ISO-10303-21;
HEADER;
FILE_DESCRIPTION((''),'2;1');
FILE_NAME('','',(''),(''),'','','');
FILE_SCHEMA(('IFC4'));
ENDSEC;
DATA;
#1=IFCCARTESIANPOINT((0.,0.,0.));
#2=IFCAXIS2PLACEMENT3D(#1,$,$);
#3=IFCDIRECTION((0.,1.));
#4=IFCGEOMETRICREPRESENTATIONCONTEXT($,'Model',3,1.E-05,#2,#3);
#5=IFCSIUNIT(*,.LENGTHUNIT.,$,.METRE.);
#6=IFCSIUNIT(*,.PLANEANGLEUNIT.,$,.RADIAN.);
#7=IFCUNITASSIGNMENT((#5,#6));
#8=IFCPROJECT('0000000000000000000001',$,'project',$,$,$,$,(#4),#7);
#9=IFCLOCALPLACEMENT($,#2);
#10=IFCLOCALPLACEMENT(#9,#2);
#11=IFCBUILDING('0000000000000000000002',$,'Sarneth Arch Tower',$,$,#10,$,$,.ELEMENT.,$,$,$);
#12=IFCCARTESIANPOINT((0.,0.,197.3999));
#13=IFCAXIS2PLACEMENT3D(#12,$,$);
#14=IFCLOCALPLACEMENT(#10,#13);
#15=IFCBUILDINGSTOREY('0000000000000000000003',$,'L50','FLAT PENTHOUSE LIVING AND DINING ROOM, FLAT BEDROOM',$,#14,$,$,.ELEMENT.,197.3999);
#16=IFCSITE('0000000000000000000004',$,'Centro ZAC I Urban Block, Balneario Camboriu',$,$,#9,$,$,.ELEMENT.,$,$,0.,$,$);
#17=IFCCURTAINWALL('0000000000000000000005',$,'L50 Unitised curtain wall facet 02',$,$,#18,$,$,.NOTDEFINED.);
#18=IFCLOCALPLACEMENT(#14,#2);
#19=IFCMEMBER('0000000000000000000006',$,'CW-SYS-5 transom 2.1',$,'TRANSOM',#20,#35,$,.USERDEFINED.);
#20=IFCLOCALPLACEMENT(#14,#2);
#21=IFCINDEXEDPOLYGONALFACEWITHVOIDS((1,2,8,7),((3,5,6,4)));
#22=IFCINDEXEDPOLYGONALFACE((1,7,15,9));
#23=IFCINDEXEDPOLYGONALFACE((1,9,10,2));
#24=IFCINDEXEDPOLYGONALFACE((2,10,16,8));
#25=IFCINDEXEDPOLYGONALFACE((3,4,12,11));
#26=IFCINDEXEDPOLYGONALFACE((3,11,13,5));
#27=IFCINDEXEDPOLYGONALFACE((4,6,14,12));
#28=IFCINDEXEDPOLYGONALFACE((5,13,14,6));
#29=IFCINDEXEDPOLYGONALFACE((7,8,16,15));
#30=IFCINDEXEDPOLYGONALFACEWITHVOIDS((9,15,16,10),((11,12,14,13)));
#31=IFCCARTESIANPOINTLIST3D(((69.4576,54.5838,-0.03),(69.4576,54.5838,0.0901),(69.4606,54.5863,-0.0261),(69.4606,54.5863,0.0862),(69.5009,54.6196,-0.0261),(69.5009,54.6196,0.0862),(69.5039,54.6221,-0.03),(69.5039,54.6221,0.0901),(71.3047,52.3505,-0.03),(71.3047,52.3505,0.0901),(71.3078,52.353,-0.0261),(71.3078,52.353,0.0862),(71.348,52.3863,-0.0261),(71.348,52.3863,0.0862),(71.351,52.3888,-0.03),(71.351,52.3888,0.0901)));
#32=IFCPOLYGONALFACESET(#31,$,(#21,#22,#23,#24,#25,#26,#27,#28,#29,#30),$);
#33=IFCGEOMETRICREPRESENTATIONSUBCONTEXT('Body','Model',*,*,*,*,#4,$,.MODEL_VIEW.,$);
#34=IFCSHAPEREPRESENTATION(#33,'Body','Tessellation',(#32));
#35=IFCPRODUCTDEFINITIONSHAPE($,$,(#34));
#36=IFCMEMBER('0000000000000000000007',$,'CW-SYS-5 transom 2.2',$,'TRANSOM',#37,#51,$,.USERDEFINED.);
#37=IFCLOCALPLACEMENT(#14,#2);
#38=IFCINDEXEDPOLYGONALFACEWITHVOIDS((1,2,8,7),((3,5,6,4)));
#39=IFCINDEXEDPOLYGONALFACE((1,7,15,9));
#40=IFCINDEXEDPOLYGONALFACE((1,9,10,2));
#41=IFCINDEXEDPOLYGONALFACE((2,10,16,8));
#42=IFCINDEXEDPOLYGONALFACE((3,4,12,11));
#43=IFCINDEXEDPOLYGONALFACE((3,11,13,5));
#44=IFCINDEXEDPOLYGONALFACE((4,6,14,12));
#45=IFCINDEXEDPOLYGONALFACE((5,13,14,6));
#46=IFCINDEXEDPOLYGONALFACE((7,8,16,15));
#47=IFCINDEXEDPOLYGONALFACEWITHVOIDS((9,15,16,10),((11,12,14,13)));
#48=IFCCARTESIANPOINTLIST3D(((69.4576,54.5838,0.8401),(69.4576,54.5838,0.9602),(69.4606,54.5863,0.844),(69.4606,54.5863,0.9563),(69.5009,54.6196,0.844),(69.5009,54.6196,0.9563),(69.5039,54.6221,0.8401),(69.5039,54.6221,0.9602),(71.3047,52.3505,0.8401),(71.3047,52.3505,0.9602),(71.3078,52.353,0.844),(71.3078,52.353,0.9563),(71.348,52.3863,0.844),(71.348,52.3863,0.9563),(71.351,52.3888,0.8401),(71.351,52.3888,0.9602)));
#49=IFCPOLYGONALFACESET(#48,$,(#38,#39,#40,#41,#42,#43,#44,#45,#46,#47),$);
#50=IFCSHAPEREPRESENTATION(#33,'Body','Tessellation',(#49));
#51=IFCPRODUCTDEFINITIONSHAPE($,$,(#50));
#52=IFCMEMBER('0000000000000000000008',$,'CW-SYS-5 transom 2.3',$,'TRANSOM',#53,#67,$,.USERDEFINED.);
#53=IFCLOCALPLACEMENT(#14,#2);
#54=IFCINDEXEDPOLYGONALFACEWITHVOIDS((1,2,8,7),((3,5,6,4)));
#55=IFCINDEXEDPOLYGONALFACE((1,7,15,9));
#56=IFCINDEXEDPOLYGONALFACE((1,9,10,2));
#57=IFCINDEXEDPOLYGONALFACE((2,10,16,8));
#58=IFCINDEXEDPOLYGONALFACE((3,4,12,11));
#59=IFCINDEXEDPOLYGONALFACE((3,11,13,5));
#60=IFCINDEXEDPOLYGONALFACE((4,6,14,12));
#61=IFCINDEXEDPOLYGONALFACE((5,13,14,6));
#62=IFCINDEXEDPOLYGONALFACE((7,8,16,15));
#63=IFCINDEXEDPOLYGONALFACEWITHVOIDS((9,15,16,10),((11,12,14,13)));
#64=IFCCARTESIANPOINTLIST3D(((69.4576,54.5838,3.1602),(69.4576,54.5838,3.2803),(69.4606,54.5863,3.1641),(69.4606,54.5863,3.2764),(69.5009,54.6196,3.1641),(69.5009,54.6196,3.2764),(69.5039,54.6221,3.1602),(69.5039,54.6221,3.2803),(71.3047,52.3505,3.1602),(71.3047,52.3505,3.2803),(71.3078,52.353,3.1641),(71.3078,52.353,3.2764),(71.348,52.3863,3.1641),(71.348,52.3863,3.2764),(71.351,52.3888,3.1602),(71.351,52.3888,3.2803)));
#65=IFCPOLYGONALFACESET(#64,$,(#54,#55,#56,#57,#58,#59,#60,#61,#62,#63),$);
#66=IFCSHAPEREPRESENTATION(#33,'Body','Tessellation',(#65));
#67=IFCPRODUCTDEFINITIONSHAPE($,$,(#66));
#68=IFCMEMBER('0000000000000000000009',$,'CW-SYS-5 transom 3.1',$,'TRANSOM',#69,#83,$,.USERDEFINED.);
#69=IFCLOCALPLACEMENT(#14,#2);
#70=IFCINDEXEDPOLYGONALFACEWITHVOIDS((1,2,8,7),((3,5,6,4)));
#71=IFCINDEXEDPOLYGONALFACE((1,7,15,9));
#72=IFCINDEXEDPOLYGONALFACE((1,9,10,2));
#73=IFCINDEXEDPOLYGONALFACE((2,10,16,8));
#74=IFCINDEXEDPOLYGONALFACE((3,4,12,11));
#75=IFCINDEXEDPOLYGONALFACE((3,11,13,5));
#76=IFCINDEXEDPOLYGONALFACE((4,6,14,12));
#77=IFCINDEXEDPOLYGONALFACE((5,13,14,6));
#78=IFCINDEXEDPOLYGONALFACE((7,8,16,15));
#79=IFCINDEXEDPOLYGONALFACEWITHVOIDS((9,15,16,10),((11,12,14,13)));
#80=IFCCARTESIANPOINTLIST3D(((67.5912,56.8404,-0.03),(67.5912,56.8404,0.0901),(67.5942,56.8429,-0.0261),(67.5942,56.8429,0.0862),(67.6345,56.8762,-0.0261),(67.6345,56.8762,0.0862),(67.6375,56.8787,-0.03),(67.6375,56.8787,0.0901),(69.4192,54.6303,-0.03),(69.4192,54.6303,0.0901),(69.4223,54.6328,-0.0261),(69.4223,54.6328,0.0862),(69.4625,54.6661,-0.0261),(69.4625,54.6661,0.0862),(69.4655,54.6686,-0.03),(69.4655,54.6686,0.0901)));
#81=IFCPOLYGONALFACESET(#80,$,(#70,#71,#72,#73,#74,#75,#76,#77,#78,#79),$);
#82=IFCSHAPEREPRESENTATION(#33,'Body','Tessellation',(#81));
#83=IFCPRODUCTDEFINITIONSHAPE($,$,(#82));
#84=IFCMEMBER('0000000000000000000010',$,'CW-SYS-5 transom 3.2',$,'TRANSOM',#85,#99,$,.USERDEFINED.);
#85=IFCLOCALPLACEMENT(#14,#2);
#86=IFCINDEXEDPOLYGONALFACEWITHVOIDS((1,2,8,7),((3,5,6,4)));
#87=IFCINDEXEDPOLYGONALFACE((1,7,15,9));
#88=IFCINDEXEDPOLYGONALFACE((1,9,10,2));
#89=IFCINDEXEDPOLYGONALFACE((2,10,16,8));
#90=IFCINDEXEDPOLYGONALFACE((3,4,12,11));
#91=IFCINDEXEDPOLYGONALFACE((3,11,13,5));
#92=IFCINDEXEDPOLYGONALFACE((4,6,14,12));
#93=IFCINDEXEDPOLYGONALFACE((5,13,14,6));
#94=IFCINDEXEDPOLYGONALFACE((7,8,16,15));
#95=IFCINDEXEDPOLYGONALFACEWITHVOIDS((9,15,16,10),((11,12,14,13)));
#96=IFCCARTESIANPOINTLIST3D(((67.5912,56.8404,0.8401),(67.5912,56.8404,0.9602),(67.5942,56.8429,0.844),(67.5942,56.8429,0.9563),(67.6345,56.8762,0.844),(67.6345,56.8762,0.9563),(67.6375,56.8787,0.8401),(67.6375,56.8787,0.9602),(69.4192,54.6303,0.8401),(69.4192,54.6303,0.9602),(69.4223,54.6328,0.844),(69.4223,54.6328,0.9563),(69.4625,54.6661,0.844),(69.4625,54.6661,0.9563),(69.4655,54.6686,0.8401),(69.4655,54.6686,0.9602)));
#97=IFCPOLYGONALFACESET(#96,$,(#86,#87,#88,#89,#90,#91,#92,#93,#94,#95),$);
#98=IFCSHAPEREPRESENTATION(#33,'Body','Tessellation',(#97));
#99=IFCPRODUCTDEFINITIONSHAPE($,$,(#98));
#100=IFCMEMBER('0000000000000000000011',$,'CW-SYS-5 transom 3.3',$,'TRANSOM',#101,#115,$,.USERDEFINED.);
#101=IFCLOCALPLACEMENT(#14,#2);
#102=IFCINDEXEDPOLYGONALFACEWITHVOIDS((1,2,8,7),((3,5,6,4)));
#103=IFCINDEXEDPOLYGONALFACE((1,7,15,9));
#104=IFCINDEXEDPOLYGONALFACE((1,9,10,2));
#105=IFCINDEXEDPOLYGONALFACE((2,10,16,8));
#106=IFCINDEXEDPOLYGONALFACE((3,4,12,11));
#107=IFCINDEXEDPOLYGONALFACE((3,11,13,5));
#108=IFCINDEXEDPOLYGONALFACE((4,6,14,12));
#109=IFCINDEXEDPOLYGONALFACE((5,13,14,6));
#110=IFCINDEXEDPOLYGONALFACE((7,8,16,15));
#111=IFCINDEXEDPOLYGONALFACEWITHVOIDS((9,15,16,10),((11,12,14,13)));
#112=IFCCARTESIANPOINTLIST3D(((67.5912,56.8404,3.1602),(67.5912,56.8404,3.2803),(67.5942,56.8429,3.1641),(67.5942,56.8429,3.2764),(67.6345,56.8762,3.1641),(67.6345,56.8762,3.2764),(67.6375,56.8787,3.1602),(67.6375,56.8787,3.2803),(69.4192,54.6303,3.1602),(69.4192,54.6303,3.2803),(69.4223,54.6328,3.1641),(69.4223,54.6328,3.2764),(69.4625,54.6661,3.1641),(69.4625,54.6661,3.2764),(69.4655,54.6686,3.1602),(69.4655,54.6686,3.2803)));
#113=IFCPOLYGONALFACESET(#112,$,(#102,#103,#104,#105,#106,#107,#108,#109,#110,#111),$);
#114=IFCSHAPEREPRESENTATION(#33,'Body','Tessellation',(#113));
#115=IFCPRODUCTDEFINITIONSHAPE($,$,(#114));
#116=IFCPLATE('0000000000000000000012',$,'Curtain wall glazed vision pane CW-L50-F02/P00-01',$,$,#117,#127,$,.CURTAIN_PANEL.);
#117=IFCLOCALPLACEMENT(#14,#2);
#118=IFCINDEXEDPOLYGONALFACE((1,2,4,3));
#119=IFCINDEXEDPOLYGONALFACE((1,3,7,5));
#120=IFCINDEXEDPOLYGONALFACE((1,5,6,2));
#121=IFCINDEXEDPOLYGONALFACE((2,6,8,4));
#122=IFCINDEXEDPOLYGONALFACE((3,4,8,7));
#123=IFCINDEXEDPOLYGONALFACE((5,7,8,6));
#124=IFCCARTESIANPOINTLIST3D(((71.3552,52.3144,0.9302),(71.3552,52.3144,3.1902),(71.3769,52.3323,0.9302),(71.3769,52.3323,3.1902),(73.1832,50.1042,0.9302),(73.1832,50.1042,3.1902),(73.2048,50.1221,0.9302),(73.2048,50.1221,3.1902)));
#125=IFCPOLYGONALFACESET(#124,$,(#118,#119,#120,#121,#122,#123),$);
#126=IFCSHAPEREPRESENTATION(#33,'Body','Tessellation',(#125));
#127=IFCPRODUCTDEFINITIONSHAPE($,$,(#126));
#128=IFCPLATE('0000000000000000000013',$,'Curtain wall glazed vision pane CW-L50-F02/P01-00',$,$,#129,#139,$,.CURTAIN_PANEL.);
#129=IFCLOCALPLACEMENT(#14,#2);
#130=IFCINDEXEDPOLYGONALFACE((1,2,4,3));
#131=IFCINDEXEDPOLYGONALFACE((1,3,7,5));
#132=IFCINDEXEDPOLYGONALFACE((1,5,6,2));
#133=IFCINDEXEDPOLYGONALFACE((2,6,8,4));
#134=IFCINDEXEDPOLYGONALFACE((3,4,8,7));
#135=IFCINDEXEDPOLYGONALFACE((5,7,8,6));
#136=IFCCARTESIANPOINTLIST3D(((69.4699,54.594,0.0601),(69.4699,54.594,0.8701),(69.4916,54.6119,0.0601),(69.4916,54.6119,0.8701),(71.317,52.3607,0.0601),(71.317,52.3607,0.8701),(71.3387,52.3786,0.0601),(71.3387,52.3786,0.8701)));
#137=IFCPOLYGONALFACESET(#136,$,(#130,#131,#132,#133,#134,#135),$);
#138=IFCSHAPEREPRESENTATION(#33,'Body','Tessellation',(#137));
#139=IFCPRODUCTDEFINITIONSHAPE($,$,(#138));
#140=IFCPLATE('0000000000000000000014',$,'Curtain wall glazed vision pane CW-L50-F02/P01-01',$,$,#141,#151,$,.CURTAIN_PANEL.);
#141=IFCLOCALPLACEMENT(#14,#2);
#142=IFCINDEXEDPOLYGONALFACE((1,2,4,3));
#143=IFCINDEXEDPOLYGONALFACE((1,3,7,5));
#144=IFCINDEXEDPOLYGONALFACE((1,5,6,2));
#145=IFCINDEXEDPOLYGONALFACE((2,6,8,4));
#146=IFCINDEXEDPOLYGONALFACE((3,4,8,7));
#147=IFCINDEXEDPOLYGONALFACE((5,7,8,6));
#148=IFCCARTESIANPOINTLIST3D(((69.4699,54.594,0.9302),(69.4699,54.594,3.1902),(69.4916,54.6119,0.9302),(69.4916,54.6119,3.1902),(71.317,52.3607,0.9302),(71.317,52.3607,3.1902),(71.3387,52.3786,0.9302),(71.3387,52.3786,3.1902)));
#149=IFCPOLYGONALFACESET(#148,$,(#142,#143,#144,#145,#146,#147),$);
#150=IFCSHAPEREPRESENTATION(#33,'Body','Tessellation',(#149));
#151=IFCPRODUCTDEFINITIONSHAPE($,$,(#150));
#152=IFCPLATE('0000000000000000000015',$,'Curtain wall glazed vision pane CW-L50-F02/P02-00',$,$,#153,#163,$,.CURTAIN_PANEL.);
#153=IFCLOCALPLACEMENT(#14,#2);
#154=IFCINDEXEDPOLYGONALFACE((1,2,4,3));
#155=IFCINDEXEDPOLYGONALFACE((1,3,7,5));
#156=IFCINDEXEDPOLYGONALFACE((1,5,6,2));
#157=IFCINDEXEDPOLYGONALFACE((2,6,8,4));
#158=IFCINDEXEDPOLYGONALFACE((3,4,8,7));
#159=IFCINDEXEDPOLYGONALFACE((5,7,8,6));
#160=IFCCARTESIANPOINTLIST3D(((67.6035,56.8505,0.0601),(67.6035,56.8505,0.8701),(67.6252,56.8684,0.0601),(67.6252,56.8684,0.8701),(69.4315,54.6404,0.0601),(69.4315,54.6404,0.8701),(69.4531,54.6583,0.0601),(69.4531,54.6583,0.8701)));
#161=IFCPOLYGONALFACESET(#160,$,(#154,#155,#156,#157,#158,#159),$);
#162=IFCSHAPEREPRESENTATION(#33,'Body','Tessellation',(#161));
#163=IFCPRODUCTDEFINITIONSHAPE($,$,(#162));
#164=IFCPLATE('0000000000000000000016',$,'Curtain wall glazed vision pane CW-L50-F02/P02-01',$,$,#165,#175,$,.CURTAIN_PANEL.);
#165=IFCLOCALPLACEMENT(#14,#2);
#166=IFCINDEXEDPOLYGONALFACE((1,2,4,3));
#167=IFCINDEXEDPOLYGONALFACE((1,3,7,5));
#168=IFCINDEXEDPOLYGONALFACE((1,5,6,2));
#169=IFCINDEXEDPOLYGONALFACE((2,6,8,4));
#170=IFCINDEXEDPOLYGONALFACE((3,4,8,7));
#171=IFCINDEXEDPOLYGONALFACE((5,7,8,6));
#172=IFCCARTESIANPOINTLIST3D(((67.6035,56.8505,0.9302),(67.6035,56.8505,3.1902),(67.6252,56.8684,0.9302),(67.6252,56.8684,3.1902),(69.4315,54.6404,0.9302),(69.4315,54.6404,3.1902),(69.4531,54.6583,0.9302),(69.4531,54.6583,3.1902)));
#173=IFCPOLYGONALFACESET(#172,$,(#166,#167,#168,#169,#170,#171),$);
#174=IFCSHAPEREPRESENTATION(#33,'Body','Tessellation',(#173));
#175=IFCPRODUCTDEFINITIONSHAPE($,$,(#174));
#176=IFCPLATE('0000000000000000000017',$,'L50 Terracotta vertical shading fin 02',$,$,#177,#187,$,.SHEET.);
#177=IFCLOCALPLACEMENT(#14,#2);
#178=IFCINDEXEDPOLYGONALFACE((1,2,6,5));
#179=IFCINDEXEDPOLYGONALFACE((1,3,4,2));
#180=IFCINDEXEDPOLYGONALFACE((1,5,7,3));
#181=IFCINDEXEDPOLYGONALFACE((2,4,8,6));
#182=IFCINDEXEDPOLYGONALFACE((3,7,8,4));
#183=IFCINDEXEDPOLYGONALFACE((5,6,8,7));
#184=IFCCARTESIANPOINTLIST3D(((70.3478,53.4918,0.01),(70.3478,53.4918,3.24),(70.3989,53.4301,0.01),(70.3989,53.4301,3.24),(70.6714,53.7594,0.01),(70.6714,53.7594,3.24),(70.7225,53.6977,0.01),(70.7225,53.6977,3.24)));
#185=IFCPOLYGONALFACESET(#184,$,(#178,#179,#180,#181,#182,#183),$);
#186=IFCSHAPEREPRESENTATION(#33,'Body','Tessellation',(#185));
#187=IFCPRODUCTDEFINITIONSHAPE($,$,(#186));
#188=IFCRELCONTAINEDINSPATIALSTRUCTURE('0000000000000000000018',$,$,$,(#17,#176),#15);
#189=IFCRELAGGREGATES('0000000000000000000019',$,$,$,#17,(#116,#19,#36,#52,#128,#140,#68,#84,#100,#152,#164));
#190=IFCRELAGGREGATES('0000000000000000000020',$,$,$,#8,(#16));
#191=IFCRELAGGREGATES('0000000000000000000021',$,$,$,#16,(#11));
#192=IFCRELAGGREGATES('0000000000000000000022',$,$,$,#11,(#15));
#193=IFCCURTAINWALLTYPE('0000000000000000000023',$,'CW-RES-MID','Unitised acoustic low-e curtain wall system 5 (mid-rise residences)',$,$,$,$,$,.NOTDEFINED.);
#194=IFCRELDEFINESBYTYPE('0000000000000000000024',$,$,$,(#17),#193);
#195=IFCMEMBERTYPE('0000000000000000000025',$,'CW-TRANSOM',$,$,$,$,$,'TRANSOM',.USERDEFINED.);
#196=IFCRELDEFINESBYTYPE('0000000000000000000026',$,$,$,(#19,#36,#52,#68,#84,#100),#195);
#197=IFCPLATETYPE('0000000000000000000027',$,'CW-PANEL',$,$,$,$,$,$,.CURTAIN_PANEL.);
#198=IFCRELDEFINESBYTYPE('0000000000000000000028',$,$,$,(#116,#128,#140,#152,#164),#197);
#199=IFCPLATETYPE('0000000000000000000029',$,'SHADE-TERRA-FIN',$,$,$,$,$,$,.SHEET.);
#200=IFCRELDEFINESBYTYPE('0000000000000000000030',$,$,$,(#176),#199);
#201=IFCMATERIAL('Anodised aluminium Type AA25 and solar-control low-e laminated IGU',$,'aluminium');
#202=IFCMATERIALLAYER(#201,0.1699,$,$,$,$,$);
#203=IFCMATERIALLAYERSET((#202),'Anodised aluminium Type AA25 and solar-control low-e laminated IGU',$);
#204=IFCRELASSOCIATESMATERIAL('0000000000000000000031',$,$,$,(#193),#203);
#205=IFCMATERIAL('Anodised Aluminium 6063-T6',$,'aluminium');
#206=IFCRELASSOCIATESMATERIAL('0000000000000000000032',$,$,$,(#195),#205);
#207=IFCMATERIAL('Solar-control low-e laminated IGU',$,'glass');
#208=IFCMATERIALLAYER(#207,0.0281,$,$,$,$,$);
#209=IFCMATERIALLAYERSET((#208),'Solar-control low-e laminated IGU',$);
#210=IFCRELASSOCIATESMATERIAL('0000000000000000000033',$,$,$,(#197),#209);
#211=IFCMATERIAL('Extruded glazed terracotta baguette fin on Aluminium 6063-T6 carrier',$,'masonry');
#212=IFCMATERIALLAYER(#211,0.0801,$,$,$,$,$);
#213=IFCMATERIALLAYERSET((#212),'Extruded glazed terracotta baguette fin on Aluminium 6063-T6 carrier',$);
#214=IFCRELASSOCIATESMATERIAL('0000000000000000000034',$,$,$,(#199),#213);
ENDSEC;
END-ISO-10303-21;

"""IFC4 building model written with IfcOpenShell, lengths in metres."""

from ifc_helpers import new_model, si_unit, direction, frame, origin, origin_2d, place, context, subcontext, project, spatial, rectangle, hollow_rectangle, extrude, material, layer, layer_set, material_profile, profile_set, type_object, element, aggregate, save


model = new_model("IFC4")

# Units and contexts
model_context = context("Model", 3, precision=1e-05, world=origin(), true_north=direction((0.0, 1.0)))
body_context = subcontext(model_context, "Body", "Model", "MODEL_VIEW")
ifc_project = project(units=[si_unit("LENGTHUNIT", "METRE"), si_unit("PLANEANGLEUNIT", "RADIAN")], contexts=[model_context])

# Site, building, storey
site_placement = place(None, origin())
site = spatial("IfcSite", under=ifc_project, at=site_placement, Name="Centro ZAC I Urban Block, Balneario Camboriu", CompositionType="ELEMENT", RefElevation=0.0)
building_placement = place(site_placement, origin())
building = spatial("IfcBuilding", under=site, at=building_placement, Name="Sarneth Arch Tower", CompositionType="ELEMENT")
storey_placement = place(building_placement, frame((0.0, 0.0, 197.3999)))
storey = spatial("IfcBuildingStorey", under=building, at=storey_placement, Name="L50", Description="FLAT PENTHOUSE LIVING AND DINING ROOM, FLAT BEDROOM", CompositionType="ELEMENT", Elevation=197.3999)

# Curtain wall, members, plates
ifc_material_1 = material(Name="Anodised aluminium Type AA25 and solar-control low-e laminated IGU", Category="aluminium")
ifc_layer_1 = layer(ifc_material_1, 0.1699)
ifc_layer_set_1 = layer_set([ifc_layer_1], Name="Anodised aluminium Type AA25 and solar-control low-e laminated IGU")
curtain_wall_type = type_object("IfcCurtainWallType", Name="CW-RES-MID", Description="Unitised acoustic low-e curtain wall system 5 (mid-rise residences)", PredefinedType="NOTDEFINED", material=ifc_layer_set_1)
curtain_wall_placement = place(storey_placement, origin())
curtain_wall = element("IfcCurtainWall", 1, at=curtain_wall_placement, inside=storey, type_object=curtain_wall_type, Name="L50 Unitised curtain wall facet 02", PredefinedType="NOTDEFINED")
ifc_material_2 = material(Name="Anodised Aluminium 6063-T6", Category="aluminium")
ifc_material_profile_1 = material_profile(ifc_material_2, hollow_rectangle(XDim=0.0601, YDim=0.1201, WallThickness=0.0039, at=origin_2d()), Name="AL-TRAN-120x60x4")
ifc_profile_set_1 = profile_set([ifc_material_profile_1], Name="Anodised Aluminium 6063-T6")
member_type_1 = type_object("IfcMemberType", Name="CW-TRANSOM", ElementType="TRANSOM", PredefinedType="USERDEFINED", material=ifc_profile_set_1)
member_1_placement = place(storey_placement, frame((71.3279, 52.3696, 0.03), z_axis=(-0.63733, 0.770591, 0.0), x_axis=(-0.770591, -0.63733, 0.0)))
member_1 = element("IfcMember", 2, at=member_1_placement, type_object=member_type_1, Name="CW-SYS-5 transom 2.1", ObjectType="TRANSOM", PredefinedType="USERDEFINED", context=body_context, shape_type="SweptSolid", body=[
    extrude(hollow_rectangle(XDim=0.0601, YDim=0.1201, WallThickness=0.0039, at=origin_2d()), origin(), (0.0, 0.0, 1.0), 2.8982),
])
member_2_placement = place(storey_placement, frame((71.3279, 52.3696, 0.9001), z_axis=(-0.63733, 0.770591, 0.0), x_axis=(-0.770591, -0.63733, 0.0)))
member_2 = element("IfcMember", 3, at=member_2_placement, type_object=member_type_1, Name="CW-SYS-5 transom 2.2", ObjectType="TRANSOM", PredefinedType="USERDEFINED", context=body_context, shape_type="SweptSolid", body=[
    extrude(hollow_rectangle(XDim=0.0601, YDim=0.1201, WallThickness=0.0039, at=origin_2d()), origin(), (0.0, 0.0, 1.0), 2.8982),
])
member_3_placement = place(storey_placement, frame((71.3279, 52.3696, 3.2202), z_axis=(-0.63733, 0.770591, 0.0), x_axis=(-0.770591, -0.63733, 0.0)))
member_3 = element("IfcMember", 4, at=member_3_placement, type_object=member_type_1, Name="CW-SYS-5 transom 2.3", ObjectType="TRANSOM", PredefinedType="USERDEFINED", context=body_context, shape_type="SweptSolid", body=[
    extrude(hollow_rectangle(XDim=0.0601, YDim=0.1201, WallThickness=0.0039, at=origin_2d()), origin(), (0.0, 0.0, 1.0), 2.8982),
])
member_4_placement = place(storey_placement, frame((69.4424, 54.6494, 0.03), z_axis=(-0.637359, 0.770567, 0.0), x_axis=(-0.770567, -0.637359, 0.0)))
member_4 = element("IfcMember", 5, at=member_4_placement, type_object=member_type_1, Name="CW-SYS-5 transom 3.1", ObjectType="TRANSOM", PredefinedType="USERDEFINED", context=body_context, shape_type="SweptSolid", body=[
    extrude(hollow_rectangle(XDim=0.0601, YDim=0.1201, WallThickness=0.0039, at=origin_2d()), origin(), (0.0, 0.0, 1.0), 2.8682),
])
member_5_placement = place(storey_placement, frame((69.4424, 54.6494, 0.9001), z_axis=(-0.637359, 0.770567, 0.0), x_axis=(-0.770567, -0.637359, 0.0)))
member_5 = element("IfcMember", 6, at=member_5_placement, type_object=member_type_1, Name="CW-SYS-5 transom 3.2", ObjectType="TRANSOM", PredefinedType="USERDEFINED", context=body_context, shape_type="SweptSolid", body=[
    extrude(hollow_rectangle(XDim=0.0601, YDim=0.1201, WallThickness=0.0039, at=origin_2d()), origin(), (0.0, 0.0, 1.0), 2.8682),
])
member_6_placement = place(storey_placement, frame((69.4424, 54.6494, 3.2202), z_axis=(-0.637359, 0.770567, 0.0), x_axis=(-0.770567, -0.637359, 0.0)))
member_6 = element("IfcMember", 7, at=member_6_placement, type_object=member_type_1, Name="CW-SYS-5 transom 3.3", ObjectType="TRANSOM", PredefinedType="USERDEFINED", context=body_context, shape_type="SweptSolid", body=[
    extrude(hollow_rectangle(XDim=0.0601, YDim=0.1201, WallThickness=0.0039, at=origin_2d()), origin(), (0.0, 0.0, 1.0), 2.8682),
])
ifc_material_3 = material(Name="Solar-control low-e laminated IGU", Category="glass")
ifc_layer_2 = layer(ifc_material_3, 0.0281)
ifc_layer_set_2 = layer_set([ifc_layer_2], Name="Solar-control low-e laminated IGU")
plate_type_1 = type_object("IfcPlateType", Name="CW-PANEL", PredefinedType="CURTAIN_PANEL", material=ifc_layer_set_2)
plate_1_placement = place(storey_placement, frame((72.28, 51.2183, 0.9302), z_axis=(0.0, 0.0, 1.0), x_axis=(-0.63733, 0.770591, 0.0)))
plate_1 = element("IfcPlate", 8, at=plate_1_placement, type_object=plate_type_1, Name="Curtain wall glazed vision pane CW-L50-F02/P00-01", PredefinedType="CURTAIN_PANEL", context=body_context, shape_type="SweptSolid", body=[
    extrude(rectangle(XDim=2.8682, YDim=0.0281, at=origin_2d()), origin(), (0.0, 0.0, 1.0), 2.26),
])
plate_2_placement = place(storey_placement, frame((70.4043, 53.4863, 0.0601), z_axis=(0.0, 0.0, 1.0), x_axis=(-0.63733, 0.770591, 0.0)))
plate_2 = element("IfcPlate", 9, at=plate_2_placement, type_object=plate_type_1, Name="Curtain wall glazed vision pane CW-L50-F02/P01-00", PredefinedType="CURTAIN_PANEL", context=body_context, shape_type="SweptSolid", body=[
    extrude(rectangle(XDim=2.8982, YDim=0.0281, at=origin_2d()), origin(), (0.0, 0.0, 1.0), 0.8101),
])
plate_3_placement = place(storey_placement, frame((70.4043, 53.4863, 0.9302), z_axis=(0.0, 0.0, 1.0), x_axis=(-0.63733, 0.770591, 0.0)))
plate_3 = element("IfcPlate", 10, at=plate_3_placement, type_object=plate_type_1, Name="Curtain wall glazed vision pane CW-L50-F02/P01-01", PredefinedType="CURTAIN_PANEL", context=body_context, shape_type="SweptSolid", body=[
    extrude(rectangle(XDim=2.8982, YDim=0.0281, at=origin_2d()), origin(), (0.0, 0.0, 1.0), 2.26),
])
plate_4_placement = place(storey_placement, frame((68.5283, 55.7544, 0.0601), z_axis=(0.0, 0.0, 1.0), x_axis=(-0.63733, 0.770591, 0.0)))
plate_4 = element("IfcPlate", 11, at=plate_4_placement, type_object=plate_type_1, Name="Curtain wall glazed vision pane CW-L50-F02/P02-00", PredefinedType="CURTAIN_PANEL", context=body_context, shape_type="SweptSolid", body=[
    extrude(rectangle(XDim=2.8682, YDim=0.0281, at=origin_2d()), origin(), (0.0, 0.0, 1.0), 0.8101),
])
plate_5_placement = place(storey_placement, frame((68.5283, 55.7544, 0.9302), z_axis=(0.0, 0.0, 1.0), x_axis=(-0.63733, 0.770591, 0.0)))
plate_5 = element("IfcPlate", 12, at=plate_5_placement, type_object=plate_type_1, Name="Curtain wall glazed vision pane CW-L50-F02/P02-01", PredefinedType="CURTAIN_PANEL", context=body_context, shape_type="SweptSolid", body=[
    extrude(rectangle(XDim=2.8682, YDim=0.0281, at=origin_2d()), origin(), (0.0, 0.0, 1.0), 2.26),
])
aggregate(curtain_wall, [plate_1, member_1, member_2, member_3, plate_2, plate_3, member_4, member_5, member_6, plate_4, plate_5])

# Plate
ifc_material_4 = material(Name="Extruded glazed terracotta baguette fin on Aluminium 6063-T6 carrier", Category="masonry")
ifc_layer_3 = layer(ifc_material_4, 0.0801)
ifc_layer_set_3 = layer_set([ifc_layer_3], Name="Extruded glazed terracotta baguette fin on Aluminium 6063-T6 carrier")
plate_type_2 = type_object("IfcPlateType", Name="SHADE-TERRA-FIN", PredefinedType="SHEET", material=ifc_layer_set_3)
plate_6_placement = place(storey_placement, frame((70.5352, 53.5947, 0.01), z_axis=(0.0, 0.0, 1.0), x_axis=(0.770624, 0.63729, 0.0)))
element("IfcPlate", 13, at=plate_6_placement, inside=storey, type_object=plate_type_2, Name="L50 Terracotta vertical shading fin 02", PredefinedType="SHEET", context=body_context, shape_type="SweptSolid", body=[
    extrude(rectangle(XDim=0.4199, YDim=0.0801, at=origin_2d()), origin(), (0.0, 0.0, 1.0), 3.23),
])

save(model, "model.ifc")
